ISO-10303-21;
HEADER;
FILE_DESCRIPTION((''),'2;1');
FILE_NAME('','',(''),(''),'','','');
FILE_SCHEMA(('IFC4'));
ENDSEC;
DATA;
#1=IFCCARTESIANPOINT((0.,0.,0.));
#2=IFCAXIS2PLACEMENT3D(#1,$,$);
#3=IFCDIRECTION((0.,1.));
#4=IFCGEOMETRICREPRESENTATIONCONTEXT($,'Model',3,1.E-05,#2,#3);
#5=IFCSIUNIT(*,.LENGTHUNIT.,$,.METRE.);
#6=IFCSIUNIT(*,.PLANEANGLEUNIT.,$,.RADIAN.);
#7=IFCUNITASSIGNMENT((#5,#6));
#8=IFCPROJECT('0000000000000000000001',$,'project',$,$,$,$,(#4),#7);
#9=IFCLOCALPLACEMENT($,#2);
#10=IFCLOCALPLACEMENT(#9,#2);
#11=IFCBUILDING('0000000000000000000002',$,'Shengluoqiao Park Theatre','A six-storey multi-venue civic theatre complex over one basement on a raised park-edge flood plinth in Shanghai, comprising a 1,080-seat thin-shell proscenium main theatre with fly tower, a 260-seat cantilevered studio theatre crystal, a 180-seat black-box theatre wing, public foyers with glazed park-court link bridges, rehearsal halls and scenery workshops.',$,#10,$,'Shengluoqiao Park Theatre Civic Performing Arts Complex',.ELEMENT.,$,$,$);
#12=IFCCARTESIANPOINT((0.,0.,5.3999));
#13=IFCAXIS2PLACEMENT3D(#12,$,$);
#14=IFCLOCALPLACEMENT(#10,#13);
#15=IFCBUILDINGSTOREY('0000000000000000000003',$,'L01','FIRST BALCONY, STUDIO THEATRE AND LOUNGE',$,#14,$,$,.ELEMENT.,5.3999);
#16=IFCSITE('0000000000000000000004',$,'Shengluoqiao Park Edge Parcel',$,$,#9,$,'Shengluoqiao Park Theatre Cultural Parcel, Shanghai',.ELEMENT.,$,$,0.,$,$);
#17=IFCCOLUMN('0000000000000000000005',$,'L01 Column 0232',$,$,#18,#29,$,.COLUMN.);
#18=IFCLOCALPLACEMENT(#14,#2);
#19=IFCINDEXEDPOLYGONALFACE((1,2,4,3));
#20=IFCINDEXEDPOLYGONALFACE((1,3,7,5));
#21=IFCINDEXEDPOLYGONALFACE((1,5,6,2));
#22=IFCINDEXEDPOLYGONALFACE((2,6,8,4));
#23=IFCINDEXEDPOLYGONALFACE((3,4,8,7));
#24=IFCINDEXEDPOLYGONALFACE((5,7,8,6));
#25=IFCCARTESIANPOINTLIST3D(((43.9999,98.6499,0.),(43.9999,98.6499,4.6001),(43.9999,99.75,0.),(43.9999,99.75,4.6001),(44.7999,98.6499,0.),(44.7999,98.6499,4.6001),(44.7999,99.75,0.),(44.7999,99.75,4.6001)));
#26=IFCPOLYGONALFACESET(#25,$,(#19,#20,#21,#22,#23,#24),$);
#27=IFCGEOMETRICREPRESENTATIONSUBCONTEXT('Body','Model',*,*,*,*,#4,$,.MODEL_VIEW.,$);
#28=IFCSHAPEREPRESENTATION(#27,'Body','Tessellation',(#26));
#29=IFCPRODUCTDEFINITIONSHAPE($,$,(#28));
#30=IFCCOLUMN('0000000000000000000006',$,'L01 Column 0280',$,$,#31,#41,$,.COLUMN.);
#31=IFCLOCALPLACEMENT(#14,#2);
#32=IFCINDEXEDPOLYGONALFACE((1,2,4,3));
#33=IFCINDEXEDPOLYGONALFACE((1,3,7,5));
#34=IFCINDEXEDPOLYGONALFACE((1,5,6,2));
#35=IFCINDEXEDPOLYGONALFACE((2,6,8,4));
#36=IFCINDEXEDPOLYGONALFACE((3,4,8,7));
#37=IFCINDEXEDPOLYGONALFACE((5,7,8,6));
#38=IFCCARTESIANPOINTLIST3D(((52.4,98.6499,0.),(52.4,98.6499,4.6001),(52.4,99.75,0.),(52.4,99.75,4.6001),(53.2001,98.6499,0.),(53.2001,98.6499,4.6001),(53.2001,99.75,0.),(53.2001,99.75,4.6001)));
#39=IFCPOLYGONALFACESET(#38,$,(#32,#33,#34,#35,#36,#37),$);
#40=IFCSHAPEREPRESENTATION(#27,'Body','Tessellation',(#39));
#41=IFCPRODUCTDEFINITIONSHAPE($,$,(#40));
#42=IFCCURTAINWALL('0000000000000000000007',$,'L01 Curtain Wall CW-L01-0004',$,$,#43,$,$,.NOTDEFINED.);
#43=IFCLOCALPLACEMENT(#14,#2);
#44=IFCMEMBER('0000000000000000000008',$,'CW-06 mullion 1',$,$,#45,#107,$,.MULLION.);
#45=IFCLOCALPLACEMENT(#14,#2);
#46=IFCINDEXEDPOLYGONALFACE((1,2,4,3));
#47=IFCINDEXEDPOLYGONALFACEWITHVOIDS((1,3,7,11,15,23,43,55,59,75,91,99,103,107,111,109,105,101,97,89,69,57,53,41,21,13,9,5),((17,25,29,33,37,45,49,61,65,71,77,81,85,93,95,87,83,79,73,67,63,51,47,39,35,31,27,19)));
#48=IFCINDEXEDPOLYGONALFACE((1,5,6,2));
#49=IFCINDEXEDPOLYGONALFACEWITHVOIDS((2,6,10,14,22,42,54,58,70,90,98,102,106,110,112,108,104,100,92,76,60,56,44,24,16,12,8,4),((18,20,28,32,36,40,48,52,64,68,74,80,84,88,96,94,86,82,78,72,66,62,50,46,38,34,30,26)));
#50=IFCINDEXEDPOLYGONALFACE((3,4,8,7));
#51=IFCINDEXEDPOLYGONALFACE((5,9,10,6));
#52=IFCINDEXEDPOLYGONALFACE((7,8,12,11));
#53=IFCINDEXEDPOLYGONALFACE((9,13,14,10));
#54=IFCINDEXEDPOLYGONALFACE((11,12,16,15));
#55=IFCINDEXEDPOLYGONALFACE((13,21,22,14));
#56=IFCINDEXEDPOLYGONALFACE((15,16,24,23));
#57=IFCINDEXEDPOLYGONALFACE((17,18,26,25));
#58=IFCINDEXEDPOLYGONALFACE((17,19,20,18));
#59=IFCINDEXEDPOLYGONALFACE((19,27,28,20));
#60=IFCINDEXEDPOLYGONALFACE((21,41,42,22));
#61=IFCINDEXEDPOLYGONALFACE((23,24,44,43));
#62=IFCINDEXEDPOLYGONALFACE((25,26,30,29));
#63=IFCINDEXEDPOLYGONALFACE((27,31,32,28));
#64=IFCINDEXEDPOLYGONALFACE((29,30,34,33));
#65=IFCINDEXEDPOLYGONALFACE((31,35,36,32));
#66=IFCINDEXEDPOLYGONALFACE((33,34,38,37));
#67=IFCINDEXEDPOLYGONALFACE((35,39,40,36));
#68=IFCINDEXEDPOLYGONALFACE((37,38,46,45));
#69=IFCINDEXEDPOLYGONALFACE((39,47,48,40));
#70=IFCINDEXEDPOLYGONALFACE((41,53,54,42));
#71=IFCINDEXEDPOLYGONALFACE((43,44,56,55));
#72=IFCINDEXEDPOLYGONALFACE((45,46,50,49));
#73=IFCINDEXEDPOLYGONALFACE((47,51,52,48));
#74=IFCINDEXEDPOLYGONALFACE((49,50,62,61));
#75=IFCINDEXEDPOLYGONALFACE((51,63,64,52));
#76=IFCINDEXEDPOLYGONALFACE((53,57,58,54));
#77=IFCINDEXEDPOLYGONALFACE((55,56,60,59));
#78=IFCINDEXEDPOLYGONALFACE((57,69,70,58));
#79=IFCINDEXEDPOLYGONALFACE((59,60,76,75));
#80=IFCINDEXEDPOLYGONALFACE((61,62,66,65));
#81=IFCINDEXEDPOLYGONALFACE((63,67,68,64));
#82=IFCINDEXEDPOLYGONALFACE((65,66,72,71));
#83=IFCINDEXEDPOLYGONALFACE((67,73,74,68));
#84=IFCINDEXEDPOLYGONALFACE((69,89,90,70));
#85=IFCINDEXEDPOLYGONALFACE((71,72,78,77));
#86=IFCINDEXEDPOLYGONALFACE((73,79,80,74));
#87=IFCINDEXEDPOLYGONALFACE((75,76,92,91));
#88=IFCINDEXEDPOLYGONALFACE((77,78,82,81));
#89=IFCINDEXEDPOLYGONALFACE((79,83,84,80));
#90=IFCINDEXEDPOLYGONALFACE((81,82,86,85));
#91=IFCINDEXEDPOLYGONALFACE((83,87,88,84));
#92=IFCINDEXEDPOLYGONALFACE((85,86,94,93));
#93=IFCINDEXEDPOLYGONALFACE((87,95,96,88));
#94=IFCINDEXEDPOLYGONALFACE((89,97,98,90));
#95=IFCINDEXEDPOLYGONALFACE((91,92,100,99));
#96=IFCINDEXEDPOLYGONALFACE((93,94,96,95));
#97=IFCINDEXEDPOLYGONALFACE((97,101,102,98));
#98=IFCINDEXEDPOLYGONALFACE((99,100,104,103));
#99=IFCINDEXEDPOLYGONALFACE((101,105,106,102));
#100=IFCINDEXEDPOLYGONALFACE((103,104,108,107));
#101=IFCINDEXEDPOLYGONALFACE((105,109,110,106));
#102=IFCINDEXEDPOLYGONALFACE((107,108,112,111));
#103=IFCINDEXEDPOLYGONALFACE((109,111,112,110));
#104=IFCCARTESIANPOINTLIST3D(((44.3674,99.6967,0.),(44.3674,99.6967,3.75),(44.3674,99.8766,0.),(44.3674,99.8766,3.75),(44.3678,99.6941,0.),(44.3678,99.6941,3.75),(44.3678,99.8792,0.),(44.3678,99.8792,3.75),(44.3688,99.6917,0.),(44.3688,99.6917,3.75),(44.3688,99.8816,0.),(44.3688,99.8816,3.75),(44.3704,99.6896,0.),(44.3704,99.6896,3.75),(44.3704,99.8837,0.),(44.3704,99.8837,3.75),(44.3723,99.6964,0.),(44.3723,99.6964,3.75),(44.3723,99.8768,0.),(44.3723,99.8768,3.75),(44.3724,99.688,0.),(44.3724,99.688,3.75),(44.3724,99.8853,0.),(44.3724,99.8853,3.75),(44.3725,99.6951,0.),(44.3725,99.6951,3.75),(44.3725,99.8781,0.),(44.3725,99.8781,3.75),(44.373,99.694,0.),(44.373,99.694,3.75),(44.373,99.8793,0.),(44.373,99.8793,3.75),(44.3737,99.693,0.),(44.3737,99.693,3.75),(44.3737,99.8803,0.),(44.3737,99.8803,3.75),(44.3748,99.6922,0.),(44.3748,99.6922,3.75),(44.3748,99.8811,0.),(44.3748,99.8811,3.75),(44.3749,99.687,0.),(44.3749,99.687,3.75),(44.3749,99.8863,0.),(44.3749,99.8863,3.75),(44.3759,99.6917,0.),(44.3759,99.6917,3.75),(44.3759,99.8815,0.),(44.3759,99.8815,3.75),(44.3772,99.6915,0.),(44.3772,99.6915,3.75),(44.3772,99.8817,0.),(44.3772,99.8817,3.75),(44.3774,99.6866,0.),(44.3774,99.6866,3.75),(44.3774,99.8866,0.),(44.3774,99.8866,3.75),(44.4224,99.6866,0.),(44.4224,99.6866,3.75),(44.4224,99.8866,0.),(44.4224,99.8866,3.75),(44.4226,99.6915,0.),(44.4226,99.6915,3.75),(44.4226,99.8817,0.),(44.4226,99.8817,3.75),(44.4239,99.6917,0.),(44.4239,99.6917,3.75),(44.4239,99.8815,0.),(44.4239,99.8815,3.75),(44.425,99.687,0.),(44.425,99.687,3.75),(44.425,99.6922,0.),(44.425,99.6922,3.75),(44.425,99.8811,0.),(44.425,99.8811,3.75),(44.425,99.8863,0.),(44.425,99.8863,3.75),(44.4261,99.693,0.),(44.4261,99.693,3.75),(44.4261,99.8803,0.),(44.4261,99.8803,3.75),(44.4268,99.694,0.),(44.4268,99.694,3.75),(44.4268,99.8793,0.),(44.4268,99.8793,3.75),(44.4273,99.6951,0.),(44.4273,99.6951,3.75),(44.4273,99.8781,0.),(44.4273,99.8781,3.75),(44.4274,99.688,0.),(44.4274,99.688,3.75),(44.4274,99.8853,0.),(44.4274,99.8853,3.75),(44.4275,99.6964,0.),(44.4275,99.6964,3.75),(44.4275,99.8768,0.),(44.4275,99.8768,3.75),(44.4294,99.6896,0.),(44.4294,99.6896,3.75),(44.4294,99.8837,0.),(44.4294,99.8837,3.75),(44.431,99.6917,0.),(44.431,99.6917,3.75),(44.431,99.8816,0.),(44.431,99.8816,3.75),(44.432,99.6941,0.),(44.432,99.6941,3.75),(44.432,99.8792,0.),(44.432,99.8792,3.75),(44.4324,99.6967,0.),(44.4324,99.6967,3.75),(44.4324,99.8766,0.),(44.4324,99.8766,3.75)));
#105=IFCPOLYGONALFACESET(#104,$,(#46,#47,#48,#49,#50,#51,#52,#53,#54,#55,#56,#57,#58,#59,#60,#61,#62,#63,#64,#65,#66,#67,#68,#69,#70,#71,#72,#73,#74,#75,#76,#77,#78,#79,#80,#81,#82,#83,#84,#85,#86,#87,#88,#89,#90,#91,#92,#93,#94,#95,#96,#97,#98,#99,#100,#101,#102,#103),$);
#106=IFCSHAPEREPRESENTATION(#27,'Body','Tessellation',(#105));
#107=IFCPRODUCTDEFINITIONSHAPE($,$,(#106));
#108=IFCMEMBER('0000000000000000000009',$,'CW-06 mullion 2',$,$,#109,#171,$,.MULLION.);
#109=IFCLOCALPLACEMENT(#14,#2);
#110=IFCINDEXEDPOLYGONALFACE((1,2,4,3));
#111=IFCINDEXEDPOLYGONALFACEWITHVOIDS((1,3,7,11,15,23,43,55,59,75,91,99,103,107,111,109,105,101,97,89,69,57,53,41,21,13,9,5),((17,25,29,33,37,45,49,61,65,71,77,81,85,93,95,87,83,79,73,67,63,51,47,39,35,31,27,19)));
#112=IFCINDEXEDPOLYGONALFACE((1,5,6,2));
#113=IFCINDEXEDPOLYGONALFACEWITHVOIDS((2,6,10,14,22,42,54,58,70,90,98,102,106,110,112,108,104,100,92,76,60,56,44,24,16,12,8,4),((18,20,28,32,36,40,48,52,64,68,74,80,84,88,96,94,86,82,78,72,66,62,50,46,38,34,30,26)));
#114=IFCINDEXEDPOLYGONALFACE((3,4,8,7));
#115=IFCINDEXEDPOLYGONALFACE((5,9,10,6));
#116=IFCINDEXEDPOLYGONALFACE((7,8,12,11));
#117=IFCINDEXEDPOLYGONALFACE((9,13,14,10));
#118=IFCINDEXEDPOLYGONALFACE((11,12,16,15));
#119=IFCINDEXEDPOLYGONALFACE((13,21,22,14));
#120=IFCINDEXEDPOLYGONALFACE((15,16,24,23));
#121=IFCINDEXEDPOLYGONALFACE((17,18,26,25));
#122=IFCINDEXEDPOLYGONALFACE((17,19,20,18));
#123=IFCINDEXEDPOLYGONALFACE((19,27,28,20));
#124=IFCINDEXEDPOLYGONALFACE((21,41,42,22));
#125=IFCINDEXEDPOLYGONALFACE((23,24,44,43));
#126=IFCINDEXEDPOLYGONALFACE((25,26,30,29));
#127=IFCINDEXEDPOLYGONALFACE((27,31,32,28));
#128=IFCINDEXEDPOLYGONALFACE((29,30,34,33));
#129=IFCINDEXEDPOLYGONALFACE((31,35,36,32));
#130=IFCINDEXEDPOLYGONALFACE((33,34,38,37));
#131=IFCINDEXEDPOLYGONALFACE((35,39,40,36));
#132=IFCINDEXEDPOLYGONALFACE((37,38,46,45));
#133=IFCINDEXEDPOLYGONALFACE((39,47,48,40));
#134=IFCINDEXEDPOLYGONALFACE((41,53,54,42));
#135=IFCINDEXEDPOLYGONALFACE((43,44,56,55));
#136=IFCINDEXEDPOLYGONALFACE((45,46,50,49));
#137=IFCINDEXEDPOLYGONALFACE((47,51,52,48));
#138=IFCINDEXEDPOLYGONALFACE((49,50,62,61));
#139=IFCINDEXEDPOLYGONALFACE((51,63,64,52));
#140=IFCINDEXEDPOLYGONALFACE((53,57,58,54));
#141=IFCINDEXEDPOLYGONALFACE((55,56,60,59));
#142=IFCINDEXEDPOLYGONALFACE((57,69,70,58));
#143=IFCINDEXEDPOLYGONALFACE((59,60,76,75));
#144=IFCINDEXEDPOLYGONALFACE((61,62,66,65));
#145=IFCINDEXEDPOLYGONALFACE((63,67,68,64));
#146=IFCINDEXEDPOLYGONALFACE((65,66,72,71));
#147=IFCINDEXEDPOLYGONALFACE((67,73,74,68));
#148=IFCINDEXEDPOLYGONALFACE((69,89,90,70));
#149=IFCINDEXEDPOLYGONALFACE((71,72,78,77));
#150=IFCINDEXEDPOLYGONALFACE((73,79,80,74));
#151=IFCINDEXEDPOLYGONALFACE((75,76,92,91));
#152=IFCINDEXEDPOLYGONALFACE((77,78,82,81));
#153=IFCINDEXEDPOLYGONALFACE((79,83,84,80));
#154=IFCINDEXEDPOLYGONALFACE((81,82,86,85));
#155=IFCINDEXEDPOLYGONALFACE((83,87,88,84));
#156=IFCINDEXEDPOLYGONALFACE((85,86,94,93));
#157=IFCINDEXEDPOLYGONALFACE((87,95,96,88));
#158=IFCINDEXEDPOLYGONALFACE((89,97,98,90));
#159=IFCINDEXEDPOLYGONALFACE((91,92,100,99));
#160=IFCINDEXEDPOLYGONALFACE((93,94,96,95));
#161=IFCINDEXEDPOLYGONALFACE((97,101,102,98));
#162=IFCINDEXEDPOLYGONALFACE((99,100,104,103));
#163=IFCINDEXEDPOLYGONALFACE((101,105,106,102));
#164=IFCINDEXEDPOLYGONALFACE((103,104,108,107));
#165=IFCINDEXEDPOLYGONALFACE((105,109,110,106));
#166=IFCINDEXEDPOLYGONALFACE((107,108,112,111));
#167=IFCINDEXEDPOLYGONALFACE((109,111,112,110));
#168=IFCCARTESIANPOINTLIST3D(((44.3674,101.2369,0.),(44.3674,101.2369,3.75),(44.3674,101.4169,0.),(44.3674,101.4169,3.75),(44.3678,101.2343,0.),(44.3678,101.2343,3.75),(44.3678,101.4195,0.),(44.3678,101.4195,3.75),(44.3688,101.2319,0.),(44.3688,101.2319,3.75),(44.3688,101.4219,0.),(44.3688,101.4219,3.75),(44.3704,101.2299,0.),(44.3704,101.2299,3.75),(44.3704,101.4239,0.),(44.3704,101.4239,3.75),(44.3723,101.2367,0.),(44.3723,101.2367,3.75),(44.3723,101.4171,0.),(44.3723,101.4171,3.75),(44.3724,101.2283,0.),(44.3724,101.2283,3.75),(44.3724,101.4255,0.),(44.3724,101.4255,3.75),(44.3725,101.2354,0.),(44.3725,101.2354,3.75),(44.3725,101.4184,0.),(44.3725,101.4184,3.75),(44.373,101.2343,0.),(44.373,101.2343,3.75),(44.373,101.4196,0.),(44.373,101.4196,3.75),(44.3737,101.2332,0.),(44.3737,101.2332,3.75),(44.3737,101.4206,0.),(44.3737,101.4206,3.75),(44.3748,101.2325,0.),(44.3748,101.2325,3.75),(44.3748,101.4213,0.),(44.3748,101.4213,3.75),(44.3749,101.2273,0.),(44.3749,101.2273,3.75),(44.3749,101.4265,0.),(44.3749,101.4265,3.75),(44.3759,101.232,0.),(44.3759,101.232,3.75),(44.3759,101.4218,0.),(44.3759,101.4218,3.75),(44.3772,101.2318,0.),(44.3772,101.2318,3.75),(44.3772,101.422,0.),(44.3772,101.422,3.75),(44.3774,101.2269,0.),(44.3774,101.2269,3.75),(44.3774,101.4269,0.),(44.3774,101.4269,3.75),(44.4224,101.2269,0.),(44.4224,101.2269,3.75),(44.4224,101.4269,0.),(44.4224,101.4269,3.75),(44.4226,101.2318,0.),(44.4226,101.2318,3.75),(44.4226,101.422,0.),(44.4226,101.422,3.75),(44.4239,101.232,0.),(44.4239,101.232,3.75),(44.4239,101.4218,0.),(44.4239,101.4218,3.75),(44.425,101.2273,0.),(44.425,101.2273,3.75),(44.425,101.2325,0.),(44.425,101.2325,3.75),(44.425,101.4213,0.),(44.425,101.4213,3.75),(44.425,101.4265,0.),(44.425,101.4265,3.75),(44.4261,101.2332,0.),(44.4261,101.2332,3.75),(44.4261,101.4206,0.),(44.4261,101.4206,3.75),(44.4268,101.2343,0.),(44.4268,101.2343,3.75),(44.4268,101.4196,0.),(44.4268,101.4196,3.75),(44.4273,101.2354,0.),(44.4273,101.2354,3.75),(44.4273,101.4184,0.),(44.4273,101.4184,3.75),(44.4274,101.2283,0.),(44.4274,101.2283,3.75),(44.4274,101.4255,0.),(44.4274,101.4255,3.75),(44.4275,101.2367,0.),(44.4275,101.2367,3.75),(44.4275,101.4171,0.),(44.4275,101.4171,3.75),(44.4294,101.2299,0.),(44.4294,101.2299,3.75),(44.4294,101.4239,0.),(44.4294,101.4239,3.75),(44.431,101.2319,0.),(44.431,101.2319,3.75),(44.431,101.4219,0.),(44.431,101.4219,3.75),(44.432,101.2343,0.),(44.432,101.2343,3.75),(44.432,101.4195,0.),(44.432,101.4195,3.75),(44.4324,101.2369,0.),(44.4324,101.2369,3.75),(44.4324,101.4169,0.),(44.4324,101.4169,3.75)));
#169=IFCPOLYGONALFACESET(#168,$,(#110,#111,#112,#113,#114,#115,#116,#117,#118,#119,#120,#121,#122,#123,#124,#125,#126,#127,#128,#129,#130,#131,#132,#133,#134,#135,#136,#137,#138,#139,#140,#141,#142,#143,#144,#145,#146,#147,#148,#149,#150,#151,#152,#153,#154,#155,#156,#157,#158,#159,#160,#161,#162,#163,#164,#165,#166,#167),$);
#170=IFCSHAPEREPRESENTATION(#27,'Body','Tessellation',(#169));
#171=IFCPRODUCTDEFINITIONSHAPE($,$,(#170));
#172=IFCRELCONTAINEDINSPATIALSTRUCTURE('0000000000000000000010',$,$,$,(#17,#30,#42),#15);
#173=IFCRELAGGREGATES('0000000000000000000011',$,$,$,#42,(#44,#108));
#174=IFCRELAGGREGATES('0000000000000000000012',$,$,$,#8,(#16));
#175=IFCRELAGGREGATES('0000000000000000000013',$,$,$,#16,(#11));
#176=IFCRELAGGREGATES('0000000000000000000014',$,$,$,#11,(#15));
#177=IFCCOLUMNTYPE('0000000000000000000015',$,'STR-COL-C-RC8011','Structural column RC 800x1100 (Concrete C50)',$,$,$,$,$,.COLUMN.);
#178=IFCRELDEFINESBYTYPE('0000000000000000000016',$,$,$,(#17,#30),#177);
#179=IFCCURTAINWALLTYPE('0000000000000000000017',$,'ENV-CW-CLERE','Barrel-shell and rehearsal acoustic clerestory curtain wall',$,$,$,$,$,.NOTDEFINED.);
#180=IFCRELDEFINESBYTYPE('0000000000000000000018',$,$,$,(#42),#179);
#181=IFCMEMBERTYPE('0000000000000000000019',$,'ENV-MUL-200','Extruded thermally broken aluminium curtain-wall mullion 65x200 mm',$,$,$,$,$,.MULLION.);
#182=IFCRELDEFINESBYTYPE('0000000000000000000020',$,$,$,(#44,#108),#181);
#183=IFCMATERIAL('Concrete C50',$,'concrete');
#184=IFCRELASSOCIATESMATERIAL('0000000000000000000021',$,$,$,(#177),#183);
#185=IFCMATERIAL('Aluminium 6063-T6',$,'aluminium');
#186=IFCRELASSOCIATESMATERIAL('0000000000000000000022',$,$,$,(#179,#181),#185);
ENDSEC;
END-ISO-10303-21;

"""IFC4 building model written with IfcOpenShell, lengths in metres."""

from ifc_helpers import new_model, si_unit, direction, frame, origin, origin_2d, place, context, subcontext, project, spatial, rectangle, hollow_rectangle, extrude, material, material_profile, profile_set, type_object, element, aggregate, save


model = new_model("IFC4")

# Units and contexts
model_context = context("Model", 3, precision=1e-05, world=origin(), true_north=direction((0.0, 1.0)))
body_context = subcontext(model_context, "Body", "Model", "MODEL_VIEW")
ifc_project = project(units=[si_unit("LENGTHUNIT", "METRE"), si_unit("PLANEANGLEUNIT", "RADIAN")], contexts=[model_context])

# Site, building, storey
site_placement = place(None, origin())
site = spatial("IfcSite", under=ifc_project, at=site_placement, Name="Shengluoqiao Park Edge Parcel", LongName="Shengluoqiao Park Theatre Cultural Parcel, Shanghai", CompositionType="ELEMENT", RefElevation=0.0)
building_placement = place(site_placement, origin())
building = spatial("IfcBuilding", under=site, at=building_placement, Name="Shengluoqiao Park Theatre", Description="A six-storey multi-venue civic theatre complex over one basement on a raised park-edge flood plinth in Shanghai, comprising a 1,080-seat thin-shell proscenium main theatre with fly tower, a 260-seat cantilevered studio theatre crystal, a 180-seat black-box theatre wing, public foyers with glazed park-court link bridges, rehearsal halls and scenery workshops.", LongName="Shengluoqiao Park Theatre Civic Performing Arts Complex", CompositionType="ELEMENT")
storey_placement = place(building_placement, frame((0.0, 0.0, 5.3999)))
storey = spatial("IfcBuildingStorey", under=building, at=storey_placement, Name="L01", Description="FIRST BALCONY, STUDIO THEATRE AND LOUNGE", CompositionType="ELEMENT", Elevation=5.3999)

# Columns
ifc_material_1 = material(Name="Concrete C50", Category="concrete")
ifc_material_profile_1 = material_profile(ifc_material_1, rectangle(XDim=0.8, YDim=1.1001, at=origin_2d()), Name="RC 800x1100")
ifc_profile_set_1 = profile_set([ifc_material_profile_1], Name="Concrete C50")
column_type = type_object("IfcColumnType", Name="STR-COL-C-RC8011", Description="Structural column RC 800x1100 (Concrete C50)", PredefinedType="COLUMN", material=ifc_profile_set_1)
for number, where, z_axis, x_axis, name in (
    (1, (44.3999, 99.2, 0.0), (0.0, 0.0, 1.0), (1.0, 0.0, 0.0), "L01 Column 0232"),
    (2, (52.8, 99.2, 0.0), (0.0, 0.0, 1.0), (1.0, 0.0, 0.0), "L01 Column 0280"),
):
    element("IfcColumn", number, at=place(storey_placement, frame(where, z_axis=z_axis, x_axis=x_axis)), inside=storey, type_object=column_type, Name=name, PredefinedType="COLUMN", context=body_context, shape_type="SweptSolid", body=[
        extrude(rectangle(XDim=0.8, YDim=1.1001, at=origin_2d()), origin(), (0.0, 0.0, 1.0), 4.6001),
    ])

# Curtain wall, members
ifc_material_2 = material(Name="Aluminium 6063-T6", Category="aluminium")
curtain_wall_type = type_object("IfcCurtainWallType", Name="ENV-CW-CLERE", Description="Barrel-shell and rehearsal acoustic clerestory curtain wall", PredefinedType="NOTDEFINED", material=ifc_material_2)
curtain_wall_placement = place(storey_placement, origin())
curtain_wall = element("IfcCurtainWall", 3, at=curtain_wall_placement, inside=storey, type_object=curtain_wall_type, Name="L01 Curtain Wall CW-L01-0004", PredefinedType="NOTDEFINED")
ifc_material_profile_2 = material_profile(ifc_material_2, hollow_rectangle(XDim=0.0649, YDim=0.2, WallThickness=0.0049, InnerFilletRadius=0.0049, OuterFilletRadius=0.01, at=origin_2d()), Name="ALU MULLION 200x65x5")
ifc_profile_set_2 = profile_set([ifc_material_profile_2], Name="Aluminium 6063-T6")
member_type_1 = type_object("IfcMemberType", Name="ENV-MUL-200", Description="Extruded thermally broken aluminium curtain-wall mullion 65x200 mm", PredefinedType="MULLION", material=ifc_profile_set_2)
member_1_placement = place(storey_placement, frame((44.3999, 99.7866, 0.0), z_axis=(0.0, 0.0, 1.0), x_axis=(-1.0, 0.0, 0.0)))
member_1 = element("IfcMember", 4, at=member_1_placement, type_object=member_type_1, Name="CW-06 mullion 1", PredefinedType="MULLION", context=body_context, shape_type="SweptSolid", body=[
    extrude(hollow_rectangle(XDim=0.0649, YDim=0.2, WallThickness=0.0049, InnerFilletRadius=0.0049, OuterFilletRadius=0.01, at=origin_2d()), origin(), (0.0, 0.0, 1.0), 3.75),
])
member_2_placement = place(storey_placement, frame((44.3999, 101.3269, 0.0), z_axis=(0.0, 0.0, 1.0), x_axis=(-1.0, 0.0, 0.0)))
member_2 = element("IfcMember", 5, at=member_2_placement, type_object=member_type_1, Name="CW-06 mullion 2", PredefinedType="MULLION", context=body_context, shape_type="SweptSolid", body=[
    extrude(hollow_rectangle(XDim=0.0649, YDim=0.2, WallThickness=0.0049, InnerFilletRadius=0.0049, OuterFilletRadius=0.01, at=origin_2d()), origin(), (0.0, 0.0, 1.0), 3.75),
])

aggregate(curtain_wall, [member_1, member_2])

save(model, "model.ifc")
